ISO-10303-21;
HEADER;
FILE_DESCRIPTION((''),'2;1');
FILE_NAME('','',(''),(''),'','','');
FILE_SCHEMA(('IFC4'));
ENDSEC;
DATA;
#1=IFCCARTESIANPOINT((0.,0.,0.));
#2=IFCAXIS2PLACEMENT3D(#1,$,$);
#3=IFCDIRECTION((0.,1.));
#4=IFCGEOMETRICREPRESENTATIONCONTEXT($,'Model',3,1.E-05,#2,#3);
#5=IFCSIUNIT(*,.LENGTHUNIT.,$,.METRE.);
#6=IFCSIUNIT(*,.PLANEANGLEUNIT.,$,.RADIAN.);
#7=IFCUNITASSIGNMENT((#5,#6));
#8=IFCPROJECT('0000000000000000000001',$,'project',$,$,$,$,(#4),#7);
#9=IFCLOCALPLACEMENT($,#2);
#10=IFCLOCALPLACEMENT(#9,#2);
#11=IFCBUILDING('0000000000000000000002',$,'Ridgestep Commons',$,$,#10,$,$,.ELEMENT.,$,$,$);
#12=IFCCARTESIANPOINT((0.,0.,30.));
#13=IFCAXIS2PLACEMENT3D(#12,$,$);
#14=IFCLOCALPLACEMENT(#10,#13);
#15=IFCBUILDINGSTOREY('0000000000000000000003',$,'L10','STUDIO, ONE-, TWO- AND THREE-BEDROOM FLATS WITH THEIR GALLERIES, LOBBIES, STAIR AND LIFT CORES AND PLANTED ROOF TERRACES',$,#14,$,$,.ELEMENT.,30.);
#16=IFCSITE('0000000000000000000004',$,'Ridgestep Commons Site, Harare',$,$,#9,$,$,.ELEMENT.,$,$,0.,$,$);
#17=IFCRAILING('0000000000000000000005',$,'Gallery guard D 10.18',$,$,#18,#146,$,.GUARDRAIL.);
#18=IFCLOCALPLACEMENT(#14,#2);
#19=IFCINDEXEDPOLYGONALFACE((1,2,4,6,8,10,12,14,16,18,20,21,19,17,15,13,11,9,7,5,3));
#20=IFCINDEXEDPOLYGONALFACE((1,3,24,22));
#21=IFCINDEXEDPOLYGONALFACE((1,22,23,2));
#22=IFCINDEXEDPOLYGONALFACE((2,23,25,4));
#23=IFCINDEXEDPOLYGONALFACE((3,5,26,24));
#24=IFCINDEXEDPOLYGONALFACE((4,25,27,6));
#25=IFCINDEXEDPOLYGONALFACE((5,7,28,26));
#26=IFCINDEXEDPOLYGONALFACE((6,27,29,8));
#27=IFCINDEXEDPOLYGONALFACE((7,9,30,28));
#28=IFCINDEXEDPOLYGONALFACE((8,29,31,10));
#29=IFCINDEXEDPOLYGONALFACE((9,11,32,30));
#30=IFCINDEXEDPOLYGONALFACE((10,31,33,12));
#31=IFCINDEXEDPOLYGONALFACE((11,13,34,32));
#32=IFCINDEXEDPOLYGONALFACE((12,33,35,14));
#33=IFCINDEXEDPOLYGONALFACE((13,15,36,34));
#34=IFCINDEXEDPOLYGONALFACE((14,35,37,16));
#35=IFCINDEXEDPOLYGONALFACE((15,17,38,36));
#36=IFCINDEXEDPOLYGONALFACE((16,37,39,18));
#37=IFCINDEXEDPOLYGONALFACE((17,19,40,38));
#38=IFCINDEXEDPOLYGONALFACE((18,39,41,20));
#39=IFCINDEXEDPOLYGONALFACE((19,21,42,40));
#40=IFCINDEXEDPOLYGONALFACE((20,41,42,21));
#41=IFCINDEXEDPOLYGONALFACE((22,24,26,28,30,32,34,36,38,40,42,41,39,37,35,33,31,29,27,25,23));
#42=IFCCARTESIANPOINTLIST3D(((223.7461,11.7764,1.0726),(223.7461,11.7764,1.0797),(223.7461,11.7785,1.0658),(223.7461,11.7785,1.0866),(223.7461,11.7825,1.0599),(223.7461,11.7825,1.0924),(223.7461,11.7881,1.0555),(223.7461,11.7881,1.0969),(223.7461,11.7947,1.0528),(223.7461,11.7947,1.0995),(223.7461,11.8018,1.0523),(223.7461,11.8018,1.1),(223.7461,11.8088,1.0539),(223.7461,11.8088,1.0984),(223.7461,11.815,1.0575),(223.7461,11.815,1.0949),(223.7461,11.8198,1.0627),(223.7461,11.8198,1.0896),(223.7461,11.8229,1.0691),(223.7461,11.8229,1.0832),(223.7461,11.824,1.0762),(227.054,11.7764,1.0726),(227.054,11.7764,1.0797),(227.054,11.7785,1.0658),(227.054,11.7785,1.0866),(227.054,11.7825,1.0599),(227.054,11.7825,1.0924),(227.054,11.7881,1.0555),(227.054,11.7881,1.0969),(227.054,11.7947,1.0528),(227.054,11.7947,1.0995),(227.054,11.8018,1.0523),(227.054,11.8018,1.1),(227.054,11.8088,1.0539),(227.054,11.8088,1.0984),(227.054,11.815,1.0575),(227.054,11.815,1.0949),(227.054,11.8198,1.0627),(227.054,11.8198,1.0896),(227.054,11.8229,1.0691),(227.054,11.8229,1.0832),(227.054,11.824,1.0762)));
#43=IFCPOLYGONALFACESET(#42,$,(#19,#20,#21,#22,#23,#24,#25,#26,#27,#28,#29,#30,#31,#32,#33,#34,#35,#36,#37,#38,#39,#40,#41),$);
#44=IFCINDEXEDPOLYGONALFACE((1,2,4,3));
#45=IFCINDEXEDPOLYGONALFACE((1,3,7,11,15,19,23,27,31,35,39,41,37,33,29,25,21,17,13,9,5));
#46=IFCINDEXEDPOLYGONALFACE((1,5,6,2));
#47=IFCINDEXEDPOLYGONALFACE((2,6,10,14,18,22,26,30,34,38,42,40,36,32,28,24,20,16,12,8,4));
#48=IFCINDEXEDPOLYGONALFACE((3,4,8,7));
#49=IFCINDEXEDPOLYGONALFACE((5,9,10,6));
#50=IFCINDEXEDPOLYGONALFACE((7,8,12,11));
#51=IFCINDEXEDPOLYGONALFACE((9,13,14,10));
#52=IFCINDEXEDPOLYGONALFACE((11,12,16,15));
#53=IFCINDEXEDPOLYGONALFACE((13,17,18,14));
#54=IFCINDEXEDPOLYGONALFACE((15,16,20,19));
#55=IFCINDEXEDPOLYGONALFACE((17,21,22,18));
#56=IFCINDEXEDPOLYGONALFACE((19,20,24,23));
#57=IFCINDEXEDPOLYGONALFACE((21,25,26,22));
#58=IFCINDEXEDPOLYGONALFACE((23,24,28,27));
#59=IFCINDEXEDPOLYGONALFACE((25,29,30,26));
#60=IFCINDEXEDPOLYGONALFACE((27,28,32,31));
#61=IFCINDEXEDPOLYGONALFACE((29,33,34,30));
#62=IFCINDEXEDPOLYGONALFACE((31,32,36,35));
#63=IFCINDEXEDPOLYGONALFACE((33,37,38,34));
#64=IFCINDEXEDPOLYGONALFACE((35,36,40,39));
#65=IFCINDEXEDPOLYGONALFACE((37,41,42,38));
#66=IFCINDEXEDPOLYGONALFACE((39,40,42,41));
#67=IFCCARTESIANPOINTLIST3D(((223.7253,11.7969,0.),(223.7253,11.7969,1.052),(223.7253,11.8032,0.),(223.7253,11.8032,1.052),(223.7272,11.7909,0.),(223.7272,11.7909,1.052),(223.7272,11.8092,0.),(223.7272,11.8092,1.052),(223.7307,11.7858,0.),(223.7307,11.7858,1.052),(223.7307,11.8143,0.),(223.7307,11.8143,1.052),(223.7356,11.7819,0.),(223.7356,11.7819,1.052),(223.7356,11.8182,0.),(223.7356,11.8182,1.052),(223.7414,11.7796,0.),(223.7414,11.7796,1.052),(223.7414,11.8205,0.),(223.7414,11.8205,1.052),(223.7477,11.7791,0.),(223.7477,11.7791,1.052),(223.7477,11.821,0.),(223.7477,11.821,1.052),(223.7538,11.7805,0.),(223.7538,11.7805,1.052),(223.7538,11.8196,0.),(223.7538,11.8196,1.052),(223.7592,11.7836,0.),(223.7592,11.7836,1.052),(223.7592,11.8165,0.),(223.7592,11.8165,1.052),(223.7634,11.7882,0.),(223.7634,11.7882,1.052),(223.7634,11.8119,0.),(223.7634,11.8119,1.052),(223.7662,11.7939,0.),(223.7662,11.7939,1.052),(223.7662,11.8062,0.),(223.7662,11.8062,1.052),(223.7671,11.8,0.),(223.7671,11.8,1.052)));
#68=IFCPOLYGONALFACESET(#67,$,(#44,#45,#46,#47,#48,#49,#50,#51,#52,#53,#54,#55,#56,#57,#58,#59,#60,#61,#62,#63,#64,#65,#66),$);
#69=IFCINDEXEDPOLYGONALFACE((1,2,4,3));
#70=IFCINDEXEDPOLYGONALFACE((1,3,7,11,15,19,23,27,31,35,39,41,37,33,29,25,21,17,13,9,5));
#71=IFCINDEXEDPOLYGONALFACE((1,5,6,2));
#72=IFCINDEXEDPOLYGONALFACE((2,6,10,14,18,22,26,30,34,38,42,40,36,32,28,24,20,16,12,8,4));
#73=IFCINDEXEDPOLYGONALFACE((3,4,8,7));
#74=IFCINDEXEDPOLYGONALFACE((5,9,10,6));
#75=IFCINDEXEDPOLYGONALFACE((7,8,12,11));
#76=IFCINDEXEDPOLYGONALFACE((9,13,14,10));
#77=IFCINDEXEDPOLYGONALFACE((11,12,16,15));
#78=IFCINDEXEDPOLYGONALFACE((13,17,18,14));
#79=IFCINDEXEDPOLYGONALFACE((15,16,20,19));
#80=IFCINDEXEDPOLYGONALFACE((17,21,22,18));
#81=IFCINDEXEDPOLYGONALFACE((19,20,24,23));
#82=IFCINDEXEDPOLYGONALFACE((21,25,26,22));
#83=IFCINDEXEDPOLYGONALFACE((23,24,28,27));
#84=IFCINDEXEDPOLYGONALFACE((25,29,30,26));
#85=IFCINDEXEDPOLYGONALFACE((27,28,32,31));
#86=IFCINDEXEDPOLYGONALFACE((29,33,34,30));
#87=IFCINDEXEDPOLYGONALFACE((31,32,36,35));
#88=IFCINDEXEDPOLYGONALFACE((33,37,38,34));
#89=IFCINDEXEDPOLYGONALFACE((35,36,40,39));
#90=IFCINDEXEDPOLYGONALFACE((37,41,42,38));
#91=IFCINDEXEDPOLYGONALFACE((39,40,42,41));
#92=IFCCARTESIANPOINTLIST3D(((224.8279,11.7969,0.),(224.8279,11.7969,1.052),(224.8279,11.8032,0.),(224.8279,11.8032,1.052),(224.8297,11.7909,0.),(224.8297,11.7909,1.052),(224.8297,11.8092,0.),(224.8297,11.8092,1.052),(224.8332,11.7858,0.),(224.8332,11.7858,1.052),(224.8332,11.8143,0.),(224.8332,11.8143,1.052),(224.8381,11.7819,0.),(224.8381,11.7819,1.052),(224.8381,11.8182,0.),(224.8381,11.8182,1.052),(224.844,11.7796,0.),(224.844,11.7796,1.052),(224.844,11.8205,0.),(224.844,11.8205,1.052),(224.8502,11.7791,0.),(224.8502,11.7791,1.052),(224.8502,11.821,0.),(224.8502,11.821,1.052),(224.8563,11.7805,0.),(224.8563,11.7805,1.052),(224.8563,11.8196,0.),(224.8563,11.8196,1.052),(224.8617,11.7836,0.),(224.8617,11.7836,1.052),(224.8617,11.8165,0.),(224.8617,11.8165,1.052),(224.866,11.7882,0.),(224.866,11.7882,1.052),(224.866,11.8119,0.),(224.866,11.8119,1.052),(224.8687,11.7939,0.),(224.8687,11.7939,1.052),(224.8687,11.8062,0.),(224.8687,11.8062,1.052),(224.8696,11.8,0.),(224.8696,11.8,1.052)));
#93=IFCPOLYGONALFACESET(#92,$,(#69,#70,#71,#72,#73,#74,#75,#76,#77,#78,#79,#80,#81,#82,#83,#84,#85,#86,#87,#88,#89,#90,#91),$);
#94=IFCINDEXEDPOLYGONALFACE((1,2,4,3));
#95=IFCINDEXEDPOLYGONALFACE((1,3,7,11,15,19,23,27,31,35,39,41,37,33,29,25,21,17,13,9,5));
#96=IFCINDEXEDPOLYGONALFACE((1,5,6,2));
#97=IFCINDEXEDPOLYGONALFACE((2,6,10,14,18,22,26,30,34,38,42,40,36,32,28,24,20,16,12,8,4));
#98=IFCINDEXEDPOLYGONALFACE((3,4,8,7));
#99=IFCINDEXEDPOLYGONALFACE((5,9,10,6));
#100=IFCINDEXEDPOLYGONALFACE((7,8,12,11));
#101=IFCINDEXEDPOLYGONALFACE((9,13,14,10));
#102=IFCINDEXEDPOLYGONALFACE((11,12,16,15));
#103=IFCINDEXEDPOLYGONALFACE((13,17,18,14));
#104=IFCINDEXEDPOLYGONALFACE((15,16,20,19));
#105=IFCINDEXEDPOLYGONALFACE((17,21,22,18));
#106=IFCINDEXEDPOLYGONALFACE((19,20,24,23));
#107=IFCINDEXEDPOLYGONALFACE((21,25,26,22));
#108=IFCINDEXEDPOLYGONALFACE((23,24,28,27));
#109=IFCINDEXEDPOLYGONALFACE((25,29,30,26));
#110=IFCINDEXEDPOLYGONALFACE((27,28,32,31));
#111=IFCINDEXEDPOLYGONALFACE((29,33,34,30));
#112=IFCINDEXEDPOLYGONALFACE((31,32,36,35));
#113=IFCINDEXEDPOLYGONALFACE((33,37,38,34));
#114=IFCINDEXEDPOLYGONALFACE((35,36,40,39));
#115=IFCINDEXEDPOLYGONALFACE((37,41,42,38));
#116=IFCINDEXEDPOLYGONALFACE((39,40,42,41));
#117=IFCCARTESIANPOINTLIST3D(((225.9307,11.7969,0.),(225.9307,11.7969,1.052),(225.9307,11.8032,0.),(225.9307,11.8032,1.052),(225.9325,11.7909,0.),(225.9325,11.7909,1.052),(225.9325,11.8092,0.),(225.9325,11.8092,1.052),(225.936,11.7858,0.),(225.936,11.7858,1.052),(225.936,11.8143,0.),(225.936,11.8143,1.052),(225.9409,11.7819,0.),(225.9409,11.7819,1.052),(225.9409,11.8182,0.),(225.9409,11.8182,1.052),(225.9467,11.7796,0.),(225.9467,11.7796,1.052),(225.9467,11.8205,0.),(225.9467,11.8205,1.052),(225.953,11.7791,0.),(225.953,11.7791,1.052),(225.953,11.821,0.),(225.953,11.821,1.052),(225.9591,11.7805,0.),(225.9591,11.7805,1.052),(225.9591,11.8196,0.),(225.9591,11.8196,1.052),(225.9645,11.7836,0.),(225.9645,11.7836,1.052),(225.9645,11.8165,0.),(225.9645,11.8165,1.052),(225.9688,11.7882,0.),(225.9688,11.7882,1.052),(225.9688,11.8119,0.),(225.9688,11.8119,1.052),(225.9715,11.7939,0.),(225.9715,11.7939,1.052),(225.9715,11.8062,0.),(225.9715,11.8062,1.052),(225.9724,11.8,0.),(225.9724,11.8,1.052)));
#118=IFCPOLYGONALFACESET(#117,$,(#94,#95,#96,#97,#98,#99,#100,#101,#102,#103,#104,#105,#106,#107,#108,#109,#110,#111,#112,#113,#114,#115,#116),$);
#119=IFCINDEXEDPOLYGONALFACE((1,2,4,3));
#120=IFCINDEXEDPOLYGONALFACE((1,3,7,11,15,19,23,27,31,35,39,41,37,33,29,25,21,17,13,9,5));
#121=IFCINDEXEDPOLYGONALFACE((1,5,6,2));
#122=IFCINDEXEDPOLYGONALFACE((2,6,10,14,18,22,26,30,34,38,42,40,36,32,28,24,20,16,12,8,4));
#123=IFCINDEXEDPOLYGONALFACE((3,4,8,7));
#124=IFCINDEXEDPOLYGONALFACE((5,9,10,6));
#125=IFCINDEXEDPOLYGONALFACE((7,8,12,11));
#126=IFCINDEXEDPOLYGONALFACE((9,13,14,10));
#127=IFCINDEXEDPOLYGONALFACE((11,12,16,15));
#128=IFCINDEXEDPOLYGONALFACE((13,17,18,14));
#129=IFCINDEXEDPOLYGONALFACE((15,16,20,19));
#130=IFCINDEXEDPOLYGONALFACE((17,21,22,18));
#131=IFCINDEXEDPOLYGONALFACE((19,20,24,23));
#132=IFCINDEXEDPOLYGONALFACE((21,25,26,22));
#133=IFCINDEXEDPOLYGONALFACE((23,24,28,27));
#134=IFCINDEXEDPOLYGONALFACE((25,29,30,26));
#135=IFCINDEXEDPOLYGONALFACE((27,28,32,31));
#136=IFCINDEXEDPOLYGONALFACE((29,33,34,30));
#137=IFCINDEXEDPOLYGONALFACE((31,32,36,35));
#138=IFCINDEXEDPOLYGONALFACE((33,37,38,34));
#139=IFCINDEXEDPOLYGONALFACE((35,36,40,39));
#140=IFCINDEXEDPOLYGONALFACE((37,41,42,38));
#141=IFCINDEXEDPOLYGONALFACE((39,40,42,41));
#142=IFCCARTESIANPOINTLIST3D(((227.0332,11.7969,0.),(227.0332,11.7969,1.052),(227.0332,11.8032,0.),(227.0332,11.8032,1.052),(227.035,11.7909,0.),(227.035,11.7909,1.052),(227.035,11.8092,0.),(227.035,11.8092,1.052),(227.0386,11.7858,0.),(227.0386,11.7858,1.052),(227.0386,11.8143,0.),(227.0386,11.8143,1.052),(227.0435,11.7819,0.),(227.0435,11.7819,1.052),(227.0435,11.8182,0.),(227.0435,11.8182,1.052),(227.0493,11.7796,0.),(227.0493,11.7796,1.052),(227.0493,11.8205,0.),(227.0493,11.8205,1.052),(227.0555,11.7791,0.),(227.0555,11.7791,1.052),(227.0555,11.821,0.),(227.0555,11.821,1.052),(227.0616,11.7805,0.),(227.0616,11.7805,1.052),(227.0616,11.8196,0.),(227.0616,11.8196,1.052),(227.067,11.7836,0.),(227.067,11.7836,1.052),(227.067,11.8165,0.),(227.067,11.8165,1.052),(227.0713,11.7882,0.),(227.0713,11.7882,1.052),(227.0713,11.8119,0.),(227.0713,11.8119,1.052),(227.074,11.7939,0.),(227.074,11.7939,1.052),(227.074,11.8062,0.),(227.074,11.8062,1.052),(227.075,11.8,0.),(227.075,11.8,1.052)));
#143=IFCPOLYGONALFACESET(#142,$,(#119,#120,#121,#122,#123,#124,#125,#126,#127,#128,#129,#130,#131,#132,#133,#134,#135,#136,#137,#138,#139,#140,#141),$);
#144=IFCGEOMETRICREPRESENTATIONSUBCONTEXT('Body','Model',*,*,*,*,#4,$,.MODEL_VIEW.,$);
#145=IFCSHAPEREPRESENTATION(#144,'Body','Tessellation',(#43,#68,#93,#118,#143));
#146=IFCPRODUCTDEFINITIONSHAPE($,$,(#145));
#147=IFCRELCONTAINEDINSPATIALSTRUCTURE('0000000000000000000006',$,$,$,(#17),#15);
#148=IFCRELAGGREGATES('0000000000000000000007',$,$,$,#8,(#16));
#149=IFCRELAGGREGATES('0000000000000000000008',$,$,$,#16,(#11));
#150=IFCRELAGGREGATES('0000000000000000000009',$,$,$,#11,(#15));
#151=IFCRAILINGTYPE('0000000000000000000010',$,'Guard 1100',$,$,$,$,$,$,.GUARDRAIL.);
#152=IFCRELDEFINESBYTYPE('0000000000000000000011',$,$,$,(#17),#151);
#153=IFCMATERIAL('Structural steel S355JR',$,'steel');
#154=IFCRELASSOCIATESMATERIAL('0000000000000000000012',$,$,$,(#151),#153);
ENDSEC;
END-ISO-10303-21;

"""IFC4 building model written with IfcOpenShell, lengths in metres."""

from ifc_helpers import new_model, si_unit, direction, frame, origin, origin_2d, place, context, subcontext, project, spatial, circle, extrude, material, type_object, element, save


model = new_model("IFC4")

# Units and contexts
model_context = context("Model", 3, precision=1e-05, world=origin(), true_north=direction((0.0, 1.0)))
body_context = subcontext(model_context, "Body", "Model", "MODEL_VIEW")
ifc_project = project(units=[si_unit("LENGTHUNIT", "METRE"), si_unit("PLANEANGLEUNIT", "RADIAN")], contexts=[model_context])

# Site, building, storey
site_placement = place(None, origin())
site = spatial("IfcSite", under=ifc_project, at=site_placement, Name="Ridgestep Commons Site, Harare", CompositionType="ELEMENT", RefElevation=0.0)
building_placement = place(site_placement, origin())
building = spatial("IfcBuilding", under=site, at=building_placement, Name="Ridgestep Commons", CompositionType="ELEMENT")
storey_placement = place(building_placement, frame((0.0, 0.0, 30.0)))
storey = spatial("IfcBuildingStorey", under=building, at=storey_placement, Name="L10", Description="STUDIO, ONE-, TWO- AND THREE-BEDROOM FLATS WITH THEIR GALLERIES, LOBBIES, STAIR AND LIFT CORES AND PLANTED ROOF TERRACES", CompositionType="ELEMENT", Elevation=30.0)

# Railing
ifc_material_1 = material(Name="Structural steel S355JR", Category="steel")
railing_type = type_object("IfcRailingType", Name="Guard 1100", PredefinedType="GUARDRAIL", material=ifc_material_1)
railing_1_placement = place(storey_placement, frame((223.7461, 11.8, 0.0)))
element("IfcRailing", 1, at=railing_1_placement, inside=storey, type_object=railing_type, Name="Gallery guard D 10.18", PredefinedType="GUARDRAIL", context=body_context, shape_type="SweptSolid", body=[
    extrude(circle(Radius=0.0239, at=origin_2d()), frame((0.0, 0.0, 1.0762), z_axis=(1.0, 0.0, 0.0), x_axis=(0.0, 1.0, 0.0)), (0.0, 0.0, 1.0), 3.3079),
    extrude(circle(Radius=0.021, at=origin_2d()), origin(), (0.0, 0.0, 1.0), 1.052),
    extrude(circle(Radius=0.021, at=origin_2d()), frame((1.1025, 0.0, 0.0)), (0.0, 0.0, 1.0), 1.052),
    extrude(circle(Radius=0.021, at=origin_2d()), frame((2.2053, 0.0, 0.0)), (0.0, 0.0, 1.0), 1.052),
    extrude(circle(Radius=0.021, at=origin_2d()), frame((3.3079, 0.0, 0.0)), (0.0, 0.0, 1.0), 1.052),
])

save(model, "model.ifc")
